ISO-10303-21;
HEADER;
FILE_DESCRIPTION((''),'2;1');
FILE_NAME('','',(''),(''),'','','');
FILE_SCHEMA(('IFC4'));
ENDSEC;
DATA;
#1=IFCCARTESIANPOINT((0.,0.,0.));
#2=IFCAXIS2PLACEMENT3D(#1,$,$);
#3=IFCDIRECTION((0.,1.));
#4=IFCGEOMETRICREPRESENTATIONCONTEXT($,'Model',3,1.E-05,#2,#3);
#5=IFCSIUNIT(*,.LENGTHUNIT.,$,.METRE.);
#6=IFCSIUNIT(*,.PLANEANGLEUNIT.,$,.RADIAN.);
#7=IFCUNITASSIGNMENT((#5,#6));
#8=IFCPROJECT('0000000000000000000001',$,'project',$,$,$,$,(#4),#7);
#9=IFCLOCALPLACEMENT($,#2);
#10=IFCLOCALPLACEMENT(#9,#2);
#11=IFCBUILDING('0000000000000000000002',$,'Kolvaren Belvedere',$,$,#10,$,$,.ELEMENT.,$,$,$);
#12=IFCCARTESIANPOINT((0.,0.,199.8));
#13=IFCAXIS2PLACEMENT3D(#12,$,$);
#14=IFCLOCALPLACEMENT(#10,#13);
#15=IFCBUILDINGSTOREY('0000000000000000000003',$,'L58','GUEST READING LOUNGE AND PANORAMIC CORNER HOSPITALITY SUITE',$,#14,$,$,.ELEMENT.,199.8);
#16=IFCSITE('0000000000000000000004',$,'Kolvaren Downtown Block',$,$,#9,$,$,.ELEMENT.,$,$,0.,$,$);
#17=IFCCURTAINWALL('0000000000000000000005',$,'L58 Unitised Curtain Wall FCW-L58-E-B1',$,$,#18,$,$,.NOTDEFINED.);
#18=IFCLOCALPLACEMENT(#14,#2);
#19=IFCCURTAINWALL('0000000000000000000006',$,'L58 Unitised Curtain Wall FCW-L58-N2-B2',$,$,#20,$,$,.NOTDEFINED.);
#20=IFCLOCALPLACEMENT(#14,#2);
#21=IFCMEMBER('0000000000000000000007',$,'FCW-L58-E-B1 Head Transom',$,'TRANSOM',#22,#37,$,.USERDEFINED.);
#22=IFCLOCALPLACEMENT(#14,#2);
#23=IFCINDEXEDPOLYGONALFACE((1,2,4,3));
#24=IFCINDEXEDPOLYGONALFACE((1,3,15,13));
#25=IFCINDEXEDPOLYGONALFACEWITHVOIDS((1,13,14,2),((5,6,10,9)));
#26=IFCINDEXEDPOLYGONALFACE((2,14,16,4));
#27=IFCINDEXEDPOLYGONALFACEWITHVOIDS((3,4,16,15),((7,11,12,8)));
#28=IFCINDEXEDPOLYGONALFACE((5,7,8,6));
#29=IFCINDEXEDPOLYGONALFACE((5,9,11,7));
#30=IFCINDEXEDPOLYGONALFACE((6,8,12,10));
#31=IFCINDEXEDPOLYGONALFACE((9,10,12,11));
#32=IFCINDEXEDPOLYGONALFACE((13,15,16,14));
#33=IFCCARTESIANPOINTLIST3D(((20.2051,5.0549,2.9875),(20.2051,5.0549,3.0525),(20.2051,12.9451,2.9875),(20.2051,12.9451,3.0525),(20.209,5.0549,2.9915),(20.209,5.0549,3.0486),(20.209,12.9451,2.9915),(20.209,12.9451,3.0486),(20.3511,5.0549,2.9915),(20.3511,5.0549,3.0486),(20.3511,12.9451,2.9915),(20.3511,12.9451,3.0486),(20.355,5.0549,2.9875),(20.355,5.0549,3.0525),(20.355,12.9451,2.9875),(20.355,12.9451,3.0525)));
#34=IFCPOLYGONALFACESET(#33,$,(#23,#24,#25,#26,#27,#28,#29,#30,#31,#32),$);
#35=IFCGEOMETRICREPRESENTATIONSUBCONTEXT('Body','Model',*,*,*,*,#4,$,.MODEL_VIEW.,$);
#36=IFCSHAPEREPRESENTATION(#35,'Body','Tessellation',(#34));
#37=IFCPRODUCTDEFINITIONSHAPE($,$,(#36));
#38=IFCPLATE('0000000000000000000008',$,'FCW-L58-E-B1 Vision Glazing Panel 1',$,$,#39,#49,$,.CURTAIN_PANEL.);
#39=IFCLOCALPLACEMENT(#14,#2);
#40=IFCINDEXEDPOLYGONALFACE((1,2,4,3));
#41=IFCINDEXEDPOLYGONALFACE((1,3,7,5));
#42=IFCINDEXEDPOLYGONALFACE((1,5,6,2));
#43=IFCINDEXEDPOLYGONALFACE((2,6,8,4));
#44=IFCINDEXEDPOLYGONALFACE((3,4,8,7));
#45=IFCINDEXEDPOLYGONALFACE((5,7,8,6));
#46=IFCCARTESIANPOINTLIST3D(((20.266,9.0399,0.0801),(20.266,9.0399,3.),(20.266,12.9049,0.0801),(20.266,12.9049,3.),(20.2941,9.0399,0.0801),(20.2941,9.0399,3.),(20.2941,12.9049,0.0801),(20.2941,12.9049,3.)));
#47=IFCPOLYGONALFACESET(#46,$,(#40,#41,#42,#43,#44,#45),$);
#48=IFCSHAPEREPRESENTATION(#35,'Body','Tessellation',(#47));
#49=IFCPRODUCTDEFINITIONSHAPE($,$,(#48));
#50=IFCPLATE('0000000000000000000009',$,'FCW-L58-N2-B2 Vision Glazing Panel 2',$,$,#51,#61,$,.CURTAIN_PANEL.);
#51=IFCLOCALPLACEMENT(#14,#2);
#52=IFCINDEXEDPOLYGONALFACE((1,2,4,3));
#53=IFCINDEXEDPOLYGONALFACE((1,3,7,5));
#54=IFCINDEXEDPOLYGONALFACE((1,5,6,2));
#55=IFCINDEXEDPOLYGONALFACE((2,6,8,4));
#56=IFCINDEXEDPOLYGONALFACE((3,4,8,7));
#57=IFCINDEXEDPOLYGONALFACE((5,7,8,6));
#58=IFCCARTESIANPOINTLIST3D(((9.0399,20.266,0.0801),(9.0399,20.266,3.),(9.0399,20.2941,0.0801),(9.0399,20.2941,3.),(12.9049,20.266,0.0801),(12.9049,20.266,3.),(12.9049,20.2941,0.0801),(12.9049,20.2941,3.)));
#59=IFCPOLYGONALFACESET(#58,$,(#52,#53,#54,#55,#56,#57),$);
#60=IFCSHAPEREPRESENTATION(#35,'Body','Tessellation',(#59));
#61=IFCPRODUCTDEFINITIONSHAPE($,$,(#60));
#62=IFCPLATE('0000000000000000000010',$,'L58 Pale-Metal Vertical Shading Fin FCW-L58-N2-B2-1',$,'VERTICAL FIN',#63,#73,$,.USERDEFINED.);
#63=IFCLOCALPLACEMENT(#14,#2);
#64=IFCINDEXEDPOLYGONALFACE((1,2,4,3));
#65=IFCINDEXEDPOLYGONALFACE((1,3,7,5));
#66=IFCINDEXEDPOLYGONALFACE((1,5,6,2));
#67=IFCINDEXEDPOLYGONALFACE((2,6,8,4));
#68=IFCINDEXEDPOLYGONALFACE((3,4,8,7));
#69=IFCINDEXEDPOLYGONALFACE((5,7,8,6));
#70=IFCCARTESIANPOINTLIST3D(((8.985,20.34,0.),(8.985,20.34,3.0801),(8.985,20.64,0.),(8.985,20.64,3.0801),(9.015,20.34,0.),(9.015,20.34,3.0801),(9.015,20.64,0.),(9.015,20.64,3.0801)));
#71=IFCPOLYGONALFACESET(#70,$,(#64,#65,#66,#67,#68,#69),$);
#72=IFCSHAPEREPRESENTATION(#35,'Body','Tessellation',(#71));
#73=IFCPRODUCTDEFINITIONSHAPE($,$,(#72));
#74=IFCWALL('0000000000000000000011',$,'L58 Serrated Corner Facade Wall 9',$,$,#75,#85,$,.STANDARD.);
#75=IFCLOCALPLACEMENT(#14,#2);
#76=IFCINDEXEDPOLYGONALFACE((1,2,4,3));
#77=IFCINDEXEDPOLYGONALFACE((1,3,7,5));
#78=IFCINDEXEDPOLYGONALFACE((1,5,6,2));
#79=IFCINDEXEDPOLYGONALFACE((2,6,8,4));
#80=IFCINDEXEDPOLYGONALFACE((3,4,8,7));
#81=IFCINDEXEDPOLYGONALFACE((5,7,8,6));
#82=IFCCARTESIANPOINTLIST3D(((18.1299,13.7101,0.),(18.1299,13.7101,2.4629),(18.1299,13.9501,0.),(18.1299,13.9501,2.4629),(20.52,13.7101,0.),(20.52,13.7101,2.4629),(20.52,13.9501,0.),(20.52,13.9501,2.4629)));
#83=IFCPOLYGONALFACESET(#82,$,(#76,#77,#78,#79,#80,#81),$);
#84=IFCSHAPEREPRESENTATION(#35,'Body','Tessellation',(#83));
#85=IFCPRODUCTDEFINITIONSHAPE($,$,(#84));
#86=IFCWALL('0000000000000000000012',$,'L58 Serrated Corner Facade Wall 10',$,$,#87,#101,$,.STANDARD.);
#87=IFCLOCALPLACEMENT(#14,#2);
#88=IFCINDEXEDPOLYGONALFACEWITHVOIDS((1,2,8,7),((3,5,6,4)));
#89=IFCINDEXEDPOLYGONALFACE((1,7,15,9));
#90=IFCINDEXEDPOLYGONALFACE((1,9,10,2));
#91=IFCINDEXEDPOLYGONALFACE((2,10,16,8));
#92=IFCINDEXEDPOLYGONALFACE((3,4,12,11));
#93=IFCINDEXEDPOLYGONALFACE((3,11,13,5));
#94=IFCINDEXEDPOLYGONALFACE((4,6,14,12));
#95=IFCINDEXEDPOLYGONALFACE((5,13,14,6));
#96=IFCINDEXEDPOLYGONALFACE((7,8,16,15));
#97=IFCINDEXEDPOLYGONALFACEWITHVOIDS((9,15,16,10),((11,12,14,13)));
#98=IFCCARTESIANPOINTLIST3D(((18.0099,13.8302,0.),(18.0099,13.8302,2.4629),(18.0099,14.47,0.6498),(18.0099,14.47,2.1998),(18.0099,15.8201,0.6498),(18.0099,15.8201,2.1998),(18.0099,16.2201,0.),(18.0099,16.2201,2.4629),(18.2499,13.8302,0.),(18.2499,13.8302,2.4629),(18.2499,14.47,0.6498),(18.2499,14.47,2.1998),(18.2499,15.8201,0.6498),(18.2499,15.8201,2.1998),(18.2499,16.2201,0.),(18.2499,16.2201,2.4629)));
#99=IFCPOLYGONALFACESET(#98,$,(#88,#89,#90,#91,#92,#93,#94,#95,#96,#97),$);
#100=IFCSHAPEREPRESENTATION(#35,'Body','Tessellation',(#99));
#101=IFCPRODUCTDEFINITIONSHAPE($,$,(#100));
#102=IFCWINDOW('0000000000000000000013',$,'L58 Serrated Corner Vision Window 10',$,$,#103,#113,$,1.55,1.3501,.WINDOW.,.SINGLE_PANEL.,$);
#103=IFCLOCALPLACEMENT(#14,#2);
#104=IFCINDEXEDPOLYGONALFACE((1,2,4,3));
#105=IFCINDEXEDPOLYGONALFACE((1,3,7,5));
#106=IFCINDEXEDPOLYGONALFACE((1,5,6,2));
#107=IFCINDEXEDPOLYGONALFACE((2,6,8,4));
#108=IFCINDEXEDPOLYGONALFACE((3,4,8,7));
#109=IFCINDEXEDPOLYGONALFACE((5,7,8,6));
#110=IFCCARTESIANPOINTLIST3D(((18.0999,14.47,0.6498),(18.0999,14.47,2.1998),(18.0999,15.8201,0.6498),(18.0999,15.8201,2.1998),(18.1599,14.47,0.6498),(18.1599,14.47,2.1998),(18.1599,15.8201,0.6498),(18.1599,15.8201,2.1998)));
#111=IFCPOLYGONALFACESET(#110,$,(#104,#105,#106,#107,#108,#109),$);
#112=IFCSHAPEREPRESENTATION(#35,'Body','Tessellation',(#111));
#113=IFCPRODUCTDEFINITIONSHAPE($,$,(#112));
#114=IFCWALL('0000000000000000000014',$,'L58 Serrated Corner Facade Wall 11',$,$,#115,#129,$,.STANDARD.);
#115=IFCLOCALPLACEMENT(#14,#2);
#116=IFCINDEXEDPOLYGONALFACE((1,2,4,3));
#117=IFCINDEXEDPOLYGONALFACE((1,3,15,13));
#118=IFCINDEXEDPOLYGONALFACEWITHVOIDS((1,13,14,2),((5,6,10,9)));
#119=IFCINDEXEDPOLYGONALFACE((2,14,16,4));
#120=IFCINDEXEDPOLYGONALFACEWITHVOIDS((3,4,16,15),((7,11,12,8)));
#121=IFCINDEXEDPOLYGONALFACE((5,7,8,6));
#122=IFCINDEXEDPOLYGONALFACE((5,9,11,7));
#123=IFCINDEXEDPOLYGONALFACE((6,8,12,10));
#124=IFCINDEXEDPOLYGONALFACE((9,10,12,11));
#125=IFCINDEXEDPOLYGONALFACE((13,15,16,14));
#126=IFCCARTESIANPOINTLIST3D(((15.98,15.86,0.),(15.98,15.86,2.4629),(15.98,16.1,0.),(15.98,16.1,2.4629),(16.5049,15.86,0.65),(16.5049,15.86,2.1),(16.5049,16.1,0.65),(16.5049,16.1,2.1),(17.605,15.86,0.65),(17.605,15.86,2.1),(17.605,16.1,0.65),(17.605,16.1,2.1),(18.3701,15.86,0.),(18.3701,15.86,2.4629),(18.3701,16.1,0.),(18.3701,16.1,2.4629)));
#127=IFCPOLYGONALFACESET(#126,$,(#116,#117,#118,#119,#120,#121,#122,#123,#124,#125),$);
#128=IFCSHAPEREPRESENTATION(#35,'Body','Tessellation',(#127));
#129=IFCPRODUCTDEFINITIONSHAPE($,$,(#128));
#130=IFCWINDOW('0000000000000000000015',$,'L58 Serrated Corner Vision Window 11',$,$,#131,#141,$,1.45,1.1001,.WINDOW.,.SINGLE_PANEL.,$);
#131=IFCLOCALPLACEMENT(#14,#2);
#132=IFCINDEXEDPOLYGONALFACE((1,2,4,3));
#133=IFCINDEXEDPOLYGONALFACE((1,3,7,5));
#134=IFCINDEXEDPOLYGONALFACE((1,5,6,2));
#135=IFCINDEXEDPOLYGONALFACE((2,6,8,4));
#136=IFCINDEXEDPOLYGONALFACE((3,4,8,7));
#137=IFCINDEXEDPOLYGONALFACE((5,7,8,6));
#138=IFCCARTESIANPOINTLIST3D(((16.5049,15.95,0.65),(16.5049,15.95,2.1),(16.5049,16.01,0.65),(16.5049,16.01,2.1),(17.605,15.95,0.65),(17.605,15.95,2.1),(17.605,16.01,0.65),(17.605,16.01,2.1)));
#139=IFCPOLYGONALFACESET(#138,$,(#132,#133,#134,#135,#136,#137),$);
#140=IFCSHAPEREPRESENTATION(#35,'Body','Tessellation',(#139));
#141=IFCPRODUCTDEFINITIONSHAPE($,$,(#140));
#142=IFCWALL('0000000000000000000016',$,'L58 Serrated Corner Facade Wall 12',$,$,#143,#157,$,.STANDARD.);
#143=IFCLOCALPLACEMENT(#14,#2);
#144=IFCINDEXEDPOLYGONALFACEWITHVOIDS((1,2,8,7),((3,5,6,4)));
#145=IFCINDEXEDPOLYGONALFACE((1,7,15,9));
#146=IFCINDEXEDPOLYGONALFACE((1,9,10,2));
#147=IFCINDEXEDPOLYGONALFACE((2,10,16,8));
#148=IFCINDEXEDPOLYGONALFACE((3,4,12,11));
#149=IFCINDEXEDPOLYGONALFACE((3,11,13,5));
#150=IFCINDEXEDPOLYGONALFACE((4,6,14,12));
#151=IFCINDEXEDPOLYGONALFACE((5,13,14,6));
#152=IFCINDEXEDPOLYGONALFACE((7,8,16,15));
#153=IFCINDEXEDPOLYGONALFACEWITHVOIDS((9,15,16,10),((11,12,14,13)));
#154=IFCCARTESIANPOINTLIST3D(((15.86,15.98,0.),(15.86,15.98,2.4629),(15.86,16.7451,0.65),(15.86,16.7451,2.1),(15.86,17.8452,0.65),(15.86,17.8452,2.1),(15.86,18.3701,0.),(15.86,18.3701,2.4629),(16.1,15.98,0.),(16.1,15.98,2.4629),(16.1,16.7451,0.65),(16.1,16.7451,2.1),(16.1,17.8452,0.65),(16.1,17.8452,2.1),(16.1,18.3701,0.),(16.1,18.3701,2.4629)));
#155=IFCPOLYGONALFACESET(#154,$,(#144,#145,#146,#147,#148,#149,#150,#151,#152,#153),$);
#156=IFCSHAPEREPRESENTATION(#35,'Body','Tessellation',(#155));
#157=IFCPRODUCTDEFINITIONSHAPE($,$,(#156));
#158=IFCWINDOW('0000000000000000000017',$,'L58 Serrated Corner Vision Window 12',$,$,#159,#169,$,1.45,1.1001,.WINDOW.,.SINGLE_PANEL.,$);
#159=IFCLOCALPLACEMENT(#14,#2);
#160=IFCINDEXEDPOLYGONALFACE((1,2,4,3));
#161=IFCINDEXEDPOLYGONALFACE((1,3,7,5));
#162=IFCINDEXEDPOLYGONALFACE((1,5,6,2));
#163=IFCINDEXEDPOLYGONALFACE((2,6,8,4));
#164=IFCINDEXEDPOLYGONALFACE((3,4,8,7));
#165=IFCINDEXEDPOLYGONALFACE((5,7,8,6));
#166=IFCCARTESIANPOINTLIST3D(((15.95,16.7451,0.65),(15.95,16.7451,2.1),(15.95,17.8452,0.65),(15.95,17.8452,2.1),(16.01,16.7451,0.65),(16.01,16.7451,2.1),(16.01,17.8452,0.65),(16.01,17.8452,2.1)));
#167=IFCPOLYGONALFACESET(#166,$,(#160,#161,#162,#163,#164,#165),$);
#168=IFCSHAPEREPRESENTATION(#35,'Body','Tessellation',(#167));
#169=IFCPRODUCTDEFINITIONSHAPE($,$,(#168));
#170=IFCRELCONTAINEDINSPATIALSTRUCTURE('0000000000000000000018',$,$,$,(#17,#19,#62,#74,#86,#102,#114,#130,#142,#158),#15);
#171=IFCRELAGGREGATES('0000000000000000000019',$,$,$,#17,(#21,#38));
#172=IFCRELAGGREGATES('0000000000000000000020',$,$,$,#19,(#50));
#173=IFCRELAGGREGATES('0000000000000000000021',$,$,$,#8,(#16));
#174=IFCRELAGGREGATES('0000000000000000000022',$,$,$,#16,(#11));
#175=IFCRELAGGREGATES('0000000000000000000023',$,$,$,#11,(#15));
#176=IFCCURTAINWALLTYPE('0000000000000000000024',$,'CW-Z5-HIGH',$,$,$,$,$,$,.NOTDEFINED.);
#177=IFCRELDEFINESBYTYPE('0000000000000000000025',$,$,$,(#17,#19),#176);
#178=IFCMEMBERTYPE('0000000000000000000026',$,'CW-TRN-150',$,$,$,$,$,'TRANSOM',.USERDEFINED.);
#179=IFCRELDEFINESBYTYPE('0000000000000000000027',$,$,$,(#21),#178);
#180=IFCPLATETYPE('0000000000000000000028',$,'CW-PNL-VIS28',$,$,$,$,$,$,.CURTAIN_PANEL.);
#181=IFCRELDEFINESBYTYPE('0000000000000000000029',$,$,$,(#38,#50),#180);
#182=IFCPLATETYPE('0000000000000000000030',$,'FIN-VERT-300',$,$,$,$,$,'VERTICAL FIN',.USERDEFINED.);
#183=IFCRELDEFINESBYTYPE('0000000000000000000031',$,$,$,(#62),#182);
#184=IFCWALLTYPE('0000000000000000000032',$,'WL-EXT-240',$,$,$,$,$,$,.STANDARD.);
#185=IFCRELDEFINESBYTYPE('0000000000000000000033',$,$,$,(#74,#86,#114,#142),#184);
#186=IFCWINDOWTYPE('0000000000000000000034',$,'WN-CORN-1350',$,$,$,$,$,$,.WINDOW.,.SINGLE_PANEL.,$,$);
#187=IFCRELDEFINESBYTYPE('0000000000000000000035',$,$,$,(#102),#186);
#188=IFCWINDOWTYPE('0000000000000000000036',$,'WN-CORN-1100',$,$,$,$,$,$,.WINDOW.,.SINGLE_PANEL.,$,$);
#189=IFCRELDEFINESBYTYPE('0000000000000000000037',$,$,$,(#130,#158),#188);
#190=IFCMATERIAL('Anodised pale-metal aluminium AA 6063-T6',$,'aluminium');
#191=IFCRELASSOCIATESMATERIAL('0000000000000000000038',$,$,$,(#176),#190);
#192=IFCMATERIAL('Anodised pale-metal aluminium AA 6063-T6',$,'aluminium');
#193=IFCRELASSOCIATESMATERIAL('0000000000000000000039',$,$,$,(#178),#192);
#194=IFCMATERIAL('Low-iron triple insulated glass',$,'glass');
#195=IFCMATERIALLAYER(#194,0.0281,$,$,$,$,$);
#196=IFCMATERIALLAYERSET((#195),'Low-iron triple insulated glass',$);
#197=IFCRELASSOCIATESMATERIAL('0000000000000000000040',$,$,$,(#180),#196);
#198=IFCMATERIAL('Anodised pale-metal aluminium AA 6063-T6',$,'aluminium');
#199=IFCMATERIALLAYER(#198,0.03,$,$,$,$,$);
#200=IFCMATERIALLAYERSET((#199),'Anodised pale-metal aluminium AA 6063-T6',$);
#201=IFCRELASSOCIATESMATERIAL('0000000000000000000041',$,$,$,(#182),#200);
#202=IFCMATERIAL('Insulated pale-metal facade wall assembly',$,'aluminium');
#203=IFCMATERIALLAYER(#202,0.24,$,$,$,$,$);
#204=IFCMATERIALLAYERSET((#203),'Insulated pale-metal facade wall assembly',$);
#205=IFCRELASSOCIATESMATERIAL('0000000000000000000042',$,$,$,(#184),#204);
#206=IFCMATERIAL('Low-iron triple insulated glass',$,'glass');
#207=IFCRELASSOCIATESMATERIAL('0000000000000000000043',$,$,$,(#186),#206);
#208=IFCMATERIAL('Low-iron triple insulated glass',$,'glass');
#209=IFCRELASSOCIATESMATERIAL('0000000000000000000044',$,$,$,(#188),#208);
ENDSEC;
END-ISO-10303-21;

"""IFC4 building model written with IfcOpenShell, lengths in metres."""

from ifc_helpers import new_model, si_unit, direction, frame, frame_2d, origin, origin_2d, place, context, subcontext, project, spatial, rectangle, hollow_rectangle, extrude, material, layer, layer_set, material_profile, profile_set, type_object, element, fill, aggregate, save


model = new_model("IFC4")

# Units and contexts
model_context = context("Model", 3, precision=1e-05, world=origin(), true_north=direction((0.0, 1.0)))
body_context = subcontext(model_context, "Body", "Model", "MODEL_VIEW")
ifc_project = project(units=[si_unit("LENGTHUNIT", "METRE"), si_unit("PLANEANGLEUNIT", "RADIAN")], contexts=[model_context])

# Site, building, storey
site_placement = place(None, origin())
site = spatial("IfcSite", under=ifc_project, at=site_placement, Name="Kolvaren Downtown Block", CompositionType="ELEMENT", RefElevation=0.0)
building_placement = place(site_placement, origin())
building = spatial("IfcBuilding", under=site, at=building_placement, Name="Kolvaren Belvedere", CompositionType="ELEMENT")
storey_placement = place(building_placement, frame((0.0, 0.0, 199.8)))
storey = spatial("IfcBuildingStorey", under=building, at=storey_placement, Name="L58", Description="GUEST READING LOUNGE AND PANORAMIC CORNER HOSPITALITY SUITE", CompositionType="ELEMENT", Elevation=199.8)

# Curtain wall
ifc_material_1 = material(Name="Anodised pale-metal aluminium AA 6063-T6", Category="aluminium")
curtain_wall_type = type_object("IfcCurtainWallType", Name="CW-Z5-HIGH", PredefinedType="NOTDEFINED", material=ifc_material_1)
curtain_wall_1_placement = place(storey_placement, origin())
curtain_wall_1 = element("IfcCurtainWall", 1, at=curtain_wall_1_placement, inside=storey, type_object=curtain_wall_type, Name="L58 Unitised Curtain Wall FCW-L58-E-B1", PredefinedType="NOTDEFINED")

# Curtain wall
curtain_wall_2_placement = place(storey_placement, origin())
curtain_wall_2 = element("IfcCurtainWall", 2, at=curtain_wall_2_placement, inside=storey, type_object=curtain_wall_type, Name="L58 Unitised Curtain Wall FCW-L58-N2-B2", PredefinedType="NOTDEFINED")

# Member
ifc_material_2 = material(Name="Anodised pale-metal aluminium AA 6063-T6", Category="aluminium")
ifc_material_profile_1 = material_profile(ifc_material_2, hollow_rectangle(XDim=0.0649, YDim=0.1499, WallThickness=0.0039, at=origin_2d()), Name="ALU-TRN-150X65")
ifc_profile_set_1 = profile_set([ifc_material_profile_1], Name="Anodised pale-metal aluminium AA 6063-T6")
member_type_1 = type_object("IfcMemberType", Name="CW-TRN-150", ElementType="TRANSOM", PredefinedType="USERDEFINED", material=ifc_profile_set_1)
member_1_placement = place(storey_placement, frame((20.28, 12.9451, 3.02), z_axis=(0.0, -1.0, 0.0), x_axis=(0.0, 0.0, 1.0)))
member_1 = element("IfcMember", 3, at=member_1_placement, type_object=member_type_1, Name="FCW-L58-E-B1 Head Transom", ObjectType="TRANSOM", PredefinedType="USERDEFINED", context=body_context, shape_type="SweptSolid", body=[
    extrude(hollow_rectangle(XDim=0.0649, YDim=0.1499, WallThickness=0.0039, at=origin_2d()), origin(), (0.0, 0.0, 1.0), 7.8901),
])

# Plates
ifc_material_3 = material(Name="Low-iron triple insulated glass", Category="glass")
ifc_layer_1 = layer(ifc_material_3, 0.0281)
ifc_layer_set_1 = layer_set([ifc_layer_1], Name="Low-iron triple insulated glass")
plate_type_1 = type_object("IfcPlateType", Name="CW-PNL-VIS28", PredefinedType="CURTAIN_PANEL", material=ifc_layer_set_1)
plate_1_placement = place(storey_placement, frame((20.28, 10.9724, 0.0801), z_axis=(0.0, 0.0, 1.0), x_axis=(0.0, -1.0, 0.0)))
plate_1 = element("IfcPlate", 4, at=plate_1_placement, type_object=plate_type_1, Name="FCW-L58-E-B1 Vision Glazing Panel 1", PredefinedType="CURTAIN_PANEL", context=body_context, shape_type="SweptSolid", body=[
    extrude(rectangle(XDim=3.865, YDim=0.0281, at=origin_2d()), origin(), (0.0, 0.0, 1.0), 2.9199),
])
aggregate(curtain_wall_1, [member_1, plate_1])
plate_2_placement = place(storey_placement, frame((10.9724, 20.28, 0.0801), z_axis=(0.0, 0.0, 1.0), x_axis=(1.0, 0.0, 0.0)))
plate_2 = element("IfcPlate", 5, at=plate_2_placement, type_object=plate_type_1, Name="FCW-L58-N2-B2 Vision Glazing Panel 2", PredefinedType="CURTAIN_PANEL", context=body_context, shape_type="SweptSolid", body=[
    extrude(rectangle(XDim=3.865, YDim=0.0281, at=origin_2d()), origin(), (0.0, 0.0, 1.0), 2.9199),
])
aggregate(curtain_wall_2, [plate_2])
ifc_material_4 = material(Name="Anodised pale-metal aluminium AA 6063-T6", Category="aluminium")
ifc_layer_2 = layer(ifc_material_4, 0.03)
ifc_layer_set_2 = layer_set([ifc_layer_2], Name="Anodised pale-metal aluminium AA 6063-T6")
plate_type_2 = type_object("IfcPlateType", Name="FIN-VERT-300", ElementType="VERTICAL FIN", PredefinedType="USERDEFINED", material=ifc_layer_set_2)
plate_3_placement = place(storey_placement, frame((9.0, 20.49, 0.0), z_axis=(0.0, 0.0, 1.0), x_axis=(0.0, 1.0, 0.0)))
element("IfcPlate", 6, at=plate_3_placement, inside=storey, type_object=plate_type_2, Name="L58 Pale-Metal Vertical Shading Fin FCW-L58-N2-B2-1", ObjectType="VERTICAL FIN", PredefinedType="USERDEFINED", context=body_context, shape_type="SweptSolid", body=[
    extrude(rectangle(XDim=0.3, YDim=0.03, at=origin_2d()), origin(), (0.0, 0.0, 1.0), 3.0801),
])

# Wall
ifc_material_5 = material(Name="Insulated pale-metal facade wall assembly", Category="aluminium")
ifc_layer_3 = layer(ifc_material_5, 0.24)
ifc_layer_set_3 = layer_set([ifc_layer_3], Name="Insulated pale-metal facade wall assembly")
wall_type_1 = type_object("IfcWallType", Name="WL-EXT-240", PredefinedType="STANDARD", material=ifc_layer_set_3)
wall_1_placement = place(storey_placement, frame((18.1299, 13.8301, 0.0), z_axis=(0.0, 0.0, 1.0), x_axis=(1.0, 0.0, 0.0)))
element("IfcWall", 7, at=wall_1_placement, inside=storey, type_object=wall_type_1, Name="L58 Serrated Corner Facade Wall 9", PredefinedType="STANDARD", context=body_context, shape_type="SweptSolid", body=[
    extrude(rectangle(XDim=2.3901, YDim=0.24, at=frame_2d((1.1951, 0.0))), origin(), (0.0, 0.0, 1.0), 2.4629),
])

# Walls, openings, windows
wall_2_placement = place(storey_placement, frame((18.1299, 16.22, 0.0), z_axis=(0.0, 0.0, 1.0), x_axis=(0.0, -1.0, 0.0)))
wall_2 = element("IfcWall", 8, at=wall_2_placement, inside=storey, type_object=wall_type_1, Name="L58 Serrated Corner Facade Wall 10", PredefinedType="STANDARD", context=body_context, shape_type="SweptSolid", body=[
    extrude(rectangle(XDim=2.3899, YDim=0.24, at=frame_2d((1.1948, 0.0))), origin(), (0.0, 0.0, 1.0), 2.4629),
])
opening_1_placement = place(wall_2_placement, frame((0.3999, 0.0, 0.6499)))
opening_1 = element("IfcOpeningElement", 9, at=opening_1_placement, cuts=wall_2, PredefinedType="OPENING", context=body_context, shape_type="SweptSolid", body=[
    extrude(rectangle(XDim=1.3501, YDim=1.55, at=frame_2d((0.675, 0.7749))), frame((0.0, 0.1299, 0.0), z_axis=(0.0, -1.0, 0.0), x_axis=(1.0, 0.0, 0.0)), (0.0, 0.0, 1.0), 0.26),
])
ifc_material_6 = material(Name="Low-iron triple insulated glass", Category="glass")
window_type_1 = type_object("IfcWindowType", Name="WN-CORN-1350", PartitioningType="SINGLE_PANEL", PredefinedType="WINDOW", material=ifc_material_6)
window_1_placement = place(opening_1_placement, origin())
window_1 = element("IfcWindow", 10, at=window_1_placement, inside=storey, type_object=window_type_1, Name="L58 Serrated Corner Vision Window 10", OverallHeight=1.55, OverallWidth=1.3501, PartitioningType="SINGLE_PANEL", PredefinedType="WINDOW", context=body_context, shape_type="SweptSolid", body=[
    extrude(rectangle(XDim=1.3501, YDim=1.55, at=frame_2d((0.675, 0.7749))), frame((0.0, 0.03, 0.0), z_axis=(0.0, -1.0, 0.0), x_axis=(1.0, 0.0, 0.0)), (0.0, 0.0, 1.0), 0.0601),
])
fill(opening_1, window_1)
wall_3_placement = place(storey_placement, frame((15.98, 15.98, 0.0), z_axis=(0.0, 0.0, 1.0), x_axis=(1.0, 0.0, 0.0)))
wall_3 = element("IfcWall", 11, at=wall_3_placement, inside=storey, type_object=wall_type_1, Name="L58 Serrated Corner Facade Wall 11", PredefinedType="STANDARD", context=body_context, shape_type="SweptSolid", body=[
    extrude(rectangle(XDim=2.3901, YDim=0.24, at=frame_2d((1.1951, 0.0))), origin(), (0.0, 0.0, 1.0), 2.4629),
])
opening_2_placement = place(wall_3_placement, frame((0.5249, 0.0, 0.6499)))
opening_2 = element("IfcOpeningElement", 12, at=opening_2_placement, cuts=wall_3, PredefinedType="OPENING", context=body_context, shape_type="SweptSolid", body=[
    extrude(rectangle(XDim=1.1001, YDim=1.45, at=frame_2d((0.55, 0.7251))), frame((0.0, 0.1299, 0.0), z_axis=(0.0, -1.0, 0.0), x_axis=(1.0, 0.0, 0.0)), (0.0, 0.0, 1.0), 0.26),
])
ifc_material_7 = material(Name="Low-iron triple insulated glass", Category="glass")
window_type_2 = type_object("IfcWindowType", Name="WN-CORN-1100", PartitioningType="SINGLE_PANEL", PredefinedType="WINDOW", material=ifc_material_7)
window_2_placement = place(opening_2_placement, origin())
window_2 = element("IfcWindow", 13, at=window_2_placement, inside=storey, type_object=window_type_2, Name="L58 Serrated Corner Vision Window 11", OverallHeight=1.45, OverallWidth=1.1001, PartitioningType="SINGLE_PANEL", PredefinedType="WINDOW", context=body_context, shape_type="SweptSolid", body=[
    extrude(rectangle(XDim=1.1001, YDim=1.45, at=frame_2d((0.55, 0.7251))), frame((0.0, 0.03, 0.0), z_axis=(0.0, -1.0, 0.0), x_axis=(1.0, 0.0, 0.0)), (0.0, 0.0, 1.0), 0.0601),
])
fill(opening_2, window_2)
wall_4_placement = place(storey_placement, frame((15.98, 18.3701, 0.0), z_axis=(0.0, 0.0, 1.0), x_axis=(0.0, -1.0, 0.0)))
wall_4 = element("IfcWall", 14, at=wall_4_placement, inside=storey, type_object=wall_type_1, Name="L58 Serrated Corner Facade Wall 12", PredefinedType="STANDARD", context=body_context, shape_type="SweptSolid", body=[
    extrude(rectangle(XDim=2.3901, YDim=0.24, at=frame_2d((1.1951, 0.0))), origin(), (0.0, 0.0, 1.0), 2.4629),
])
opening_3_placement = place(wall_4_placement, frame((0.5249, 0.0, 0.6499)))
opening_3 = element("IfcOpeningElement", 15, at=opening_3_placement, cuts=wall_4, PredefinedType="OPENING", context=body_context, shape_type="SweptSolid", body=[
    extrude(rectangle(XDim=1.1001, YDim=1.45, at=frame_2d((0.55, 0.7251))), frame((0.0, 0.1299, 0.0), z_axis=(0.0, -1.0, 0.0), x_axis=(1.0, 0.0, 0.0)), (0.0, 0.0, 1.0), 0.26),
])
window_3_placement = place(opening_3_placement, origin())
window_3 = element("IfcWindow", 16, at=window_3_placement, inside=storey, type_object=window_type_2, Name="L58 Serrated Corner Vision Window 12", OverallHeight=1.45, OverallWidth=1.1001, PartitioningType="SINGLE_PANEL", PredefinedType="WINDOW", context=body_context, shape_type="SweptSolid", body=[
    extrude(rectangle(XDim=1.1001, YDim=1.45, at=frame_2d((0.55, 0.7251))), frame((0.0, 0.03, 0.0), z_axis=(0.0, -1.0, 0.0), x_axis=(1.0, 0.0, 0.0)), (0.0, 0.0, 1.0), 0.0601),
])
fill(opening_3, window_3)

save(model, "model.ifc")
